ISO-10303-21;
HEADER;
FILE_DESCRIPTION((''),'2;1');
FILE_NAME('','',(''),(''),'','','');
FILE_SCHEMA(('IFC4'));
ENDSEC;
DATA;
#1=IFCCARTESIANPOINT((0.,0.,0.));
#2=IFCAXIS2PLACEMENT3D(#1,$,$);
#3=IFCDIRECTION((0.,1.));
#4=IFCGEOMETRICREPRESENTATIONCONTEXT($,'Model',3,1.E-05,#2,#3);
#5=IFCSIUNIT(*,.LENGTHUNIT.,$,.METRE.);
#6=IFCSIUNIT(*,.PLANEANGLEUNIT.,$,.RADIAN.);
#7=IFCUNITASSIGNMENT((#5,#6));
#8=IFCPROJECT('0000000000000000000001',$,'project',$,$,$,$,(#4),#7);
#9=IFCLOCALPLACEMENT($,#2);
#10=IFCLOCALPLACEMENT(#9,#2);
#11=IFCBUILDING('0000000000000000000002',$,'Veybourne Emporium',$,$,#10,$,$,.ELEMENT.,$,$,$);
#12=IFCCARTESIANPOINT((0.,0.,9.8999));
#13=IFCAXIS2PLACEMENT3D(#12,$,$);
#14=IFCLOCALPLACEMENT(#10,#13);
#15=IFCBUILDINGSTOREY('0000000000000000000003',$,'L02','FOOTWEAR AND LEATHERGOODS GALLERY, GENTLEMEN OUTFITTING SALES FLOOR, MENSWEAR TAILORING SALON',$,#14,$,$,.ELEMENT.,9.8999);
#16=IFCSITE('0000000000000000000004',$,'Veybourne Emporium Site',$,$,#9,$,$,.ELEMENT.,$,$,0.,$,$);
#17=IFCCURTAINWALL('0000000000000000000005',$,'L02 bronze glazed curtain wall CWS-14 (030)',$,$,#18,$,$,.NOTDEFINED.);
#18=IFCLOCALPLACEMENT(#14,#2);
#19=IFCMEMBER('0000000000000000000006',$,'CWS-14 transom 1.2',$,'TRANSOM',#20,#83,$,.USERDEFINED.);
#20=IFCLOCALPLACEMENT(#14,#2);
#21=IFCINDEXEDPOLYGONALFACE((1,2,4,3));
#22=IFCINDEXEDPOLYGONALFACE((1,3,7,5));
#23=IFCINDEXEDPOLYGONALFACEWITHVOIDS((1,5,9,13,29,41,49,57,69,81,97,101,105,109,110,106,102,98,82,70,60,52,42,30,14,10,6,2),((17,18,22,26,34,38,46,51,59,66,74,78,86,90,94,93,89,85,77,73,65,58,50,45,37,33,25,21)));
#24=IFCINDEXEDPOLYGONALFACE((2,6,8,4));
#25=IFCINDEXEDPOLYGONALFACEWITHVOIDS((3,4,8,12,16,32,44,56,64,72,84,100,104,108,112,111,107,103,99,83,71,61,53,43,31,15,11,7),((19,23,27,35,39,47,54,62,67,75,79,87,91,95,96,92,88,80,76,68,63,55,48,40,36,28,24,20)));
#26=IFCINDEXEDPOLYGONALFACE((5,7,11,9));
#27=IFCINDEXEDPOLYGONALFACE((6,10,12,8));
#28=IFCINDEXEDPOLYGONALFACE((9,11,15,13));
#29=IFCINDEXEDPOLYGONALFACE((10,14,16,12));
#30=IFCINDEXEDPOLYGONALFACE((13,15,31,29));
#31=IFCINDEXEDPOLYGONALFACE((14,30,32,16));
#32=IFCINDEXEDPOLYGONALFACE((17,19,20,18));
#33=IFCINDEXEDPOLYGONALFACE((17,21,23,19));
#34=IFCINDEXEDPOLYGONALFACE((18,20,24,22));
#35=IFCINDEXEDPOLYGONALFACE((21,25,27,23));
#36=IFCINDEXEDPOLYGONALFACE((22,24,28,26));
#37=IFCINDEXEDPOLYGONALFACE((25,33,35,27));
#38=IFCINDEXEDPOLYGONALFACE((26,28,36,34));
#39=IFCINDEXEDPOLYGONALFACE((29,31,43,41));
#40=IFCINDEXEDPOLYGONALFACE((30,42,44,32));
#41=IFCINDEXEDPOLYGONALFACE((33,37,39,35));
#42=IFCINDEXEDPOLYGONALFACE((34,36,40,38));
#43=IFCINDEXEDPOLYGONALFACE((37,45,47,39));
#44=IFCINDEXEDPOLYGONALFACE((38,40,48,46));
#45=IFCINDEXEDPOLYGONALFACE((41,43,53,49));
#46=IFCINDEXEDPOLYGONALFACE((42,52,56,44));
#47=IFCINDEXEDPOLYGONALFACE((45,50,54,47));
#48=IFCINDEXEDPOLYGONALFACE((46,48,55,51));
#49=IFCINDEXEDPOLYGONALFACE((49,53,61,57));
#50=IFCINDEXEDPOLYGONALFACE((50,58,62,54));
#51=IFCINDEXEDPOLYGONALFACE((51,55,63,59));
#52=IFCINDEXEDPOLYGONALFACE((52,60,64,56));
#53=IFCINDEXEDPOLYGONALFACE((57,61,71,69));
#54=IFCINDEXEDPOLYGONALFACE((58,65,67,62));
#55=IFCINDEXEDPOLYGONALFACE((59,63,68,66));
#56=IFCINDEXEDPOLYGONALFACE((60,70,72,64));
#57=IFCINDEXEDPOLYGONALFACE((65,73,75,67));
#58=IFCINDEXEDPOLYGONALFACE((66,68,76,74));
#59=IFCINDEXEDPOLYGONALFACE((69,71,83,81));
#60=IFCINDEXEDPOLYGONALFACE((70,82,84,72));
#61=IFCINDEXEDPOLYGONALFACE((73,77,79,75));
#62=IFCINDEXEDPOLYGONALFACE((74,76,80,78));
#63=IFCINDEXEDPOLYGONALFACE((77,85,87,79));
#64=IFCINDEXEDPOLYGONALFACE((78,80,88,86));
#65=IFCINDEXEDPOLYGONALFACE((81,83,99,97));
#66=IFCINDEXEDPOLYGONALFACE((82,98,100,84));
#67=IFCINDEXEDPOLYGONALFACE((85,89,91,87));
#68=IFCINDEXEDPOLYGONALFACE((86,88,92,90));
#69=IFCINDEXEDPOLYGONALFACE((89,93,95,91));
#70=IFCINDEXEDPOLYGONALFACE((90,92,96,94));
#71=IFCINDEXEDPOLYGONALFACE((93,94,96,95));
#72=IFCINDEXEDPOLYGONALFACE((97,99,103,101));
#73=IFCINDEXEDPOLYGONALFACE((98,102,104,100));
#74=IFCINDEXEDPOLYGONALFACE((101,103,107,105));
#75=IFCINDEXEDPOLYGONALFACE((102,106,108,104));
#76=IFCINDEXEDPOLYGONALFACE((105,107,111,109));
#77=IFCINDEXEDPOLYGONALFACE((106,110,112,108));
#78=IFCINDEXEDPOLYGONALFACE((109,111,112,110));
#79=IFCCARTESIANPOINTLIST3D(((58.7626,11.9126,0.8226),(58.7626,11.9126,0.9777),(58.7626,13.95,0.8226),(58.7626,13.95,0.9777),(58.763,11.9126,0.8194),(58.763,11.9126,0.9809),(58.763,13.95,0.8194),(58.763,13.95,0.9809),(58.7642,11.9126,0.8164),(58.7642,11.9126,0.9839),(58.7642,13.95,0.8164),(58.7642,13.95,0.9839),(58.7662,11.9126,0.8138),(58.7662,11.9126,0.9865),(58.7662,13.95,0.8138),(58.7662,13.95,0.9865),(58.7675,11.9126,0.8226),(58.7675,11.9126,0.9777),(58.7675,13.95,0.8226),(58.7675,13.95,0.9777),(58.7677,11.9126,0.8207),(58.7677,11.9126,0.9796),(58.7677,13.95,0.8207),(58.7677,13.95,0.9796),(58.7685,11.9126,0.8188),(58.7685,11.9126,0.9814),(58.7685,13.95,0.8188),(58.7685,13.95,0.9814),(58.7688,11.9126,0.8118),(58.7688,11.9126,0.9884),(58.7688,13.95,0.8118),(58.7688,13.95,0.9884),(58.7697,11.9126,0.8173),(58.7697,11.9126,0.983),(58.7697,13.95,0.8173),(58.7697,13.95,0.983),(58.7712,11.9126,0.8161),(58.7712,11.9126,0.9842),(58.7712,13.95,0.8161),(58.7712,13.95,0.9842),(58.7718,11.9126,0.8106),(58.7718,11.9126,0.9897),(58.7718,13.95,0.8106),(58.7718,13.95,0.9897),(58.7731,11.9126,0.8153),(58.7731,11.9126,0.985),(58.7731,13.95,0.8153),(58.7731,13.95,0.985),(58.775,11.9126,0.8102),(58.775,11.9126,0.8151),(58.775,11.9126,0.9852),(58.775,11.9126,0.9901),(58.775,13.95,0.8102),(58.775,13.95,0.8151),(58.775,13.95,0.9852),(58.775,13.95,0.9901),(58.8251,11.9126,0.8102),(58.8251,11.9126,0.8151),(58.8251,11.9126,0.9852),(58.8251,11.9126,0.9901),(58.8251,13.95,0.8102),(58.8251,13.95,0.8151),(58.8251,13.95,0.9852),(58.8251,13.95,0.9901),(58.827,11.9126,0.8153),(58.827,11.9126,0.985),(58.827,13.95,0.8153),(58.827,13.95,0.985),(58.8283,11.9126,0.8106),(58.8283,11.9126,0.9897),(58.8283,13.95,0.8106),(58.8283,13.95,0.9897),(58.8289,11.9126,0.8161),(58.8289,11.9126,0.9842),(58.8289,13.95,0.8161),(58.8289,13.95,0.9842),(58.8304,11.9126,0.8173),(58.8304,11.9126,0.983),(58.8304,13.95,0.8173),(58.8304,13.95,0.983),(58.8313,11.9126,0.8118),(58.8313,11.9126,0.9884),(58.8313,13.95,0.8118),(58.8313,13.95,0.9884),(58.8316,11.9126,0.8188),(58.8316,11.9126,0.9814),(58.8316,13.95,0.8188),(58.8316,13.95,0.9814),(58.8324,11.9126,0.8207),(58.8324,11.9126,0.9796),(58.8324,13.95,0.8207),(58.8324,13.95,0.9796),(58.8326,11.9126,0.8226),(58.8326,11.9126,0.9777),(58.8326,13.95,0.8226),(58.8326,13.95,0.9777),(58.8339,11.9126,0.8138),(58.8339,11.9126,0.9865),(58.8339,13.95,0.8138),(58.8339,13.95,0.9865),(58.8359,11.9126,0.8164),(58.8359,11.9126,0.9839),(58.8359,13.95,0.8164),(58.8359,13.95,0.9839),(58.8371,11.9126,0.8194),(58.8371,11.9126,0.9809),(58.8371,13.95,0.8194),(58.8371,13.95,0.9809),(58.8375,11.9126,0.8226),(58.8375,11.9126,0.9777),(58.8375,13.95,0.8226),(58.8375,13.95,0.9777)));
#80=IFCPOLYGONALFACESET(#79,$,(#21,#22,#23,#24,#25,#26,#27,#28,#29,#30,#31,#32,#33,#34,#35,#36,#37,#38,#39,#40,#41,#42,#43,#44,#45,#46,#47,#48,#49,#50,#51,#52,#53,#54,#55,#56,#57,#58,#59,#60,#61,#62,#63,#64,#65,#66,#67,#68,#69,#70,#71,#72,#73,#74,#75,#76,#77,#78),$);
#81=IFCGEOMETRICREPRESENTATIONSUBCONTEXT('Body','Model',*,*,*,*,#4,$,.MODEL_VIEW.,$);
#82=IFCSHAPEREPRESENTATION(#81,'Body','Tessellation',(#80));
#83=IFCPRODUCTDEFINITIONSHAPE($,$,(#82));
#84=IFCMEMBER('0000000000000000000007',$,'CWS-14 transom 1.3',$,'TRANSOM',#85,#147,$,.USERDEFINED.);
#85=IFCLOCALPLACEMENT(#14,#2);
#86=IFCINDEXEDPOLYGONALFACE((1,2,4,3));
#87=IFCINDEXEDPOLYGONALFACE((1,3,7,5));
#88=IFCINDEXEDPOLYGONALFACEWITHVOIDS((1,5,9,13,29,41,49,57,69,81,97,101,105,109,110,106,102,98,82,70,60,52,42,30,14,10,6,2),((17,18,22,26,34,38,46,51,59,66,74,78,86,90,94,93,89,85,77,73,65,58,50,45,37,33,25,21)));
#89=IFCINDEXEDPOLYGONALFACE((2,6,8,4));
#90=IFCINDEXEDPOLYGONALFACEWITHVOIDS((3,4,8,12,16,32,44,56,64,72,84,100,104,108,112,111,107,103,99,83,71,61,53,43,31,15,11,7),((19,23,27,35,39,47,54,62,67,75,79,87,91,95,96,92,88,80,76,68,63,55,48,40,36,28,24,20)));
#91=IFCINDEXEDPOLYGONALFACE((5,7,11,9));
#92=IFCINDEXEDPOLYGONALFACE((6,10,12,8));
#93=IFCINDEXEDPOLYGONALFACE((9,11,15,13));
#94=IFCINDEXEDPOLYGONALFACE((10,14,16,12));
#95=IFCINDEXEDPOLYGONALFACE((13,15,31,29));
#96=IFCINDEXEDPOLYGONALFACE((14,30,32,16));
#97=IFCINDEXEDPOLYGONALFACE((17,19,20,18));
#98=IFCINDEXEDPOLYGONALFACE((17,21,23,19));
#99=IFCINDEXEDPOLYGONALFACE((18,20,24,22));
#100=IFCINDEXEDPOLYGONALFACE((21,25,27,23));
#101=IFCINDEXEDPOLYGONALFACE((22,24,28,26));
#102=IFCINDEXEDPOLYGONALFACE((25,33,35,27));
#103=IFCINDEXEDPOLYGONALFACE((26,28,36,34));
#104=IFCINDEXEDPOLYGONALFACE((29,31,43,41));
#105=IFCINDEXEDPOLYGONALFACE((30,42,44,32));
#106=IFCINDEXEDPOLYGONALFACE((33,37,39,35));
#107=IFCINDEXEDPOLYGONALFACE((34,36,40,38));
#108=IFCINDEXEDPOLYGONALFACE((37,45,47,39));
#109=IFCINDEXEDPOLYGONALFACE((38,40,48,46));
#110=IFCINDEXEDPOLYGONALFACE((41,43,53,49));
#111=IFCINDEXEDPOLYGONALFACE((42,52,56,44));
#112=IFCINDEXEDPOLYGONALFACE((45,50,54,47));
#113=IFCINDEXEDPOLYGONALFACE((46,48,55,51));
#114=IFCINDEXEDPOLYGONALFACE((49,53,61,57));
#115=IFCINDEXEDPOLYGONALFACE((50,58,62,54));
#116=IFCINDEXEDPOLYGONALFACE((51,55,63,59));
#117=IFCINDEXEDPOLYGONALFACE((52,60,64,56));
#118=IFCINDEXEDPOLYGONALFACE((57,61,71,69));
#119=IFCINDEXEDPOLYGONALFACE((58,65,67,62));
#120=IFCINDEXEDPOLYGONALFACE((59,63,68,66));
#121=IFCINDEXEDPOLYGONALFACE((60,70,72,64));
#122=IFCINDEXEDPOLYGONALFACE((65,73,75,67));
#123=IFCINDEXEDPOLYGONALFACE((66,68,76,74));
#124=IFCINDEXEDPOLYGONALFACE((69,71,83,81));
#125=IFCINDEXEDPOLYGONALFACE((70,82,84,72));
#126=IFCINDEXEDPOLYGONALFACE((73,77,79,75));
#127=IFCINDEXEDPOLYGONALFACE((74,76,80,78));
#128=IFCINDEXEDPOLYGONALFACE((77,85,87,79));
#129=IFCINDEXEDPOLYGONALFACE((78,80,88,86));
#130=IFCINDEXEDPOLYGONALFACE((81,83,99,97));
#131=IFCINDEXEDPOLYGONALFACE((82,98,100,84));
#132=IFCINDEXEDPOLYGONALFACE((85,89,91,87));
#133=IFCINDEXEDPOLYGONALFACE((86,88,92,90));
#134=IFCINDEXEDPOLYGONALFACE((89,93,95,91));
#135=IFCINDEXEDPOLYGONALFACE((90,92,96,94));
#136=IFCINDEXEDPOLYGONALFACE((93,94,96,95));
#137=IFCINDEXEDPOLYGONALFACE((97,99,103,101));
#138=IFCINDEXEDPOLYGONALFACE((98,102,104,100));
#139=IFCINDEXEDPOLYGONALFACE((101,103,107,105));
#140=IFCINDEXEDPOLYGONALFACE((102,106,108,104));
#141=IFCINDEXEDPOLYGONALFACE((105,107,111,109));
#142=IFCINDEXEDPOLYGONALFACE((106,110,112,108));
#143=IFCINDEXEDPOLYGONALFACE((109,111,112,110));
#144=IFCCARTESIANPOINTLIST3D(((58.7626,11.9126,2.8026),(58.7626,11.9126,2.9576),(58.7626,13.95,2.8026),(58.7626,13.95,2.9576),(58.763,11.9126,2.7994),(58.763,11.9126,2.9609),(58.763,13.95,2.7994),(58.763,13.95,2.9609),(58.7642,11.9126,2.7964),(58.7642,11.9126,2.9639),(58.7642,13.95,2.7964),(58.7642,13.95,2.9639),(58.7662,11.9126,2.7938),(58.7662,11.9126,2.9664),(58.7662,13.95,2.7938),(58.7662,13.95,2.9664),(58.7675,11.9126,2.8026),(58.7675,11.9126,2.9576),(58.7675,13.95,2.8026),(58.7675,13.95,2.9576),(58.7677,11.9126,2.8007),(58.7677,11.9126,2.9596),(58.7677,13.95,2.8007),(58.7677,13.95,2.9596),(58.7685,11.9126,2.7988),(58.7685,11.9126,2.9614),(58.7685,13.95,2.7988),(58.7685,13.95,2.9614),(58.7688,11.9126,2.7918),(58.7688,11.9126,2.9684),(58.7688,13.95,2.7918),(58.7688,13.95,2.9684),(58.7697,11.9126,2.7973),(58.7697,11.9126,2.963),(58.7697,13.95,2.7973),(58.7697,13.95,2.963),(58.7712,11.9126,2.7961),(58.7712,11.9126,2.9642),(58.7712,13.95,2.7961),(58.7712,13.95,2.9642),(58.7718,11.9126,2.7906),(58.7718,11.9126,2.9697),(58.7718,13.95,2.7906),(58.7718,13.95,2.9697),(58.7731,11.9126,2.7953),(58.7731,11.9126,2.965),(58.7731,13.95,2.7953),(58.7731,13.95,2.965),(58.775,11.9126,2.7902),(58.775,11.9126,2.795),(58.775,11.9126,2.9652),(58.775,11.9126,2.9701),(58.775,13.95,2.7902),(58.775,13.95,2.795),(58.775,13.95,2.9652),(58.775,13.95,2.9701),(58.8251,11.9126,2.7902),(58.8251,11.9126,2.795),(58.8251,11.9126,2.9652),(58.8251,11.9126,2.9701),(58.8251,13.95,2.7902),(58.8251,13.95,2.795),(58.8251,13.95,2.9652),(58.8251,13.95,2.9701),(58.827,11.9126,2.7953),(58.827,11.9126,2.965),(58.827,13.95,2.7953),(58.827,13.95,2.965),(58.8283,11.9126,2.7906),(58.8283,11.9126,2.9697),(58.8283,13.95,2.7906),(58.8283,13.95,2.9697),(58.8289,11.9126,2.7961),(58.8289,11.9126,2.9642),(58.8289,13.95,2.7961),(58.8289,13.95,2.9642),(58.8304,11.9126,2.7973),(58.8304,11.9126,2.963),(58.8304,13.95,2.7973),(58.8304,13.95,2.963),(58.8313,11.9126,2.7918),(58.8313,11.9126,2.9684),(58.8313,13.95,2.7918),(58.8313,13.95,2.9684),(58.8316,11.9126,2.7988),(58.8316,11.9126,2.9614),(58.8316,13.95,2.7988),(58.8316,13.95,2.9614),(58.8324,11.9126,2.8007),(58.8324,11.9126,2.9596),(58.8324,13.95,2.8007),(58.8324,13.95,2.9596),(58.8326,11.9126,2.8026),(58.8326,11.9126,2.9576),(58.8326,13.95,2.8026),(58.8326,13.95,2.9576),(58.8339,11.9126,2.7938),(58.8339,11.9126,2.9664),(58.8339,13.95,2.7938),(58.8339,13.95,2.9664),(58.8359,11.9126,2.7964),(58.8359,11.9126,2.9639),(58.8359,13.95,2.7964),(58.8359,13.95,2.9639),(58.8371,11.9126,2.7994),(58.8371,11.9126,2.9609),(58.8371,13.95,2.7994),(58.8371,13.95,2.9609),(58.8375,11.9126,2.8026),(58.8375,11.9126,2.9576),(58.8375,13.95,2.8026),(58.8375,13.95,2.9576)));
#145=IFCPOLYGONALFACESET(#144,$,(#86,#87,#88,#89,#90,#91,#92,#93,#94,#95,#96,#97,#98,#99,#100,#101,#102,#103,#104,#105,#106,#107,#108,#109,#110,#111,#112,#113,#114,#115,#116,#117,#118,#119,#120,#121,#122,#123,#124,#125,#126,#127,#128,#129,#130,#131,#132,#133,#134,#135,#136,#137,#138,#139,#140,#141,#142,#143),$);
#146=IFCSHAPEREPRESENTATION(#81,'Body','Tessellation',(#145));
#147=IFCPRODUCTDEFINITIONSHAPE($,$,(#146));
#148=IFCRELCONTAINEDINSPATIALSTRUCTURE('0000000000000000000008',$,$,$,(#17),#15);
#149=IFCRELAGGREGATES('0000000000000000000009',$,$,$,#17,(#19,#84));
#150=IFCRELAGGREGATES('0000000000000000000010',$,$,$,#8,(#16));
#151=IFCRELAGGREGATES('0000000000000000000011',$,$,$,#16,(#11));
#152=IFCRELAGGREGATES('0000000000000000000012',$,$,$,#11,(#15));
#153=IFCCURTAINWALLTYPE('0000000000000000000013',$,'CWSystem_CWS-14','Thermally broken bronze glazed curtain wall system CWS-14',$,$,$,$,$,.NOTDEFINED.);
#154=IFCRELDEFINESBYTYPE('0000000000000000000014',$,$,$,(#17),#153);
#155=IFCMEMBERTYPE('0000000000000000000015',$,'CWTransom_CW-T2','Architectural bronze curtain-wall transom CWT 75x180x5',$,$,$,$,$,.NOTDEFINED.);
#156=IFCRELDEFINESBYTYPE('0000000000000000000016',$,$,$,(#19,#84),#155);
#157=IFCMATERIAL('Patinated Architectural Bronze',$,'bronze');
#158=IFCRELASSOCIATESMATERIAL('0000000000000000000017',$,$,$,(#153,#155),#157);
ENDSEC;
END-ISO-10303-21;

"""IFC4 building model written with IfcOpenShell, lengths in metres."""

from ifc_helpers import new_model, si_unit, direction, frame, origin, origin_2d, place, context, subcontext, project, spatial, hollow_rectangle, extrude, material, material_profile, profile_set, type_object, element, aggregate, save


model = new_model("IFC4")

# Units and contexts
model_context = context("Model", 3, precision=1e-05, world=origin(), true_north=direction((0.0, 1.0)))
body_context = subcontext(model_context, "Body", "Model", "MODEL_VIEW")
ifc_project = project(units=[si_unit("LENGTHUNIT", "METRE"), si_unit("PLANEANGLEUNIT", "RADIAN")], contexts=[model_context])

# Site, building, storey
site_placement = place(None, origin())
site = spatial("IfcSite", under=ifc_project, at=site_placement, Name="Veybourne Emporium Site", CompositionType="ELEMENT", RefElevation=0.0)
building_placement = place(site_placement, origin())
building = spatial("IfcBuilding", under=site, at=building_placement, Name="Veybourne Emporium", CompositionType="ELEMENT")
storey_placement = place(building_placement, frame((0.0, 0.0, 9.8999)))
storey = spatial("IfcBuildingStorey", under=building, at=storey_placement, Name="L02", Description="FOOTWEAR AND LEATHERGOODS GALLERY, GENTLEMEN OUTFITTING SALES FLOOR, MENSWEAR TAILORING SALON", CompositionType="ELEMENT", Elevation=9.8999)

# Curtain wall
ifc_material_1 = material(Name="Patinated Architectural Bronze", Category="bronze")
curtain_wall_type_1 = type_object("IfcCurtainWallType", Name="CWSystem_CWS-14", Description="Thermally broken bronze glazed curtain wall system CWS-14", PredefinedType="NOTDEFINED", material=ifc_material_1)
curtain_wall_1_placement = place(storey_placement, origin())
curtain_wall_1 = element("IfcCurtainWall", 1, at=curtain_wall_1_placement, inside=storey, type_object=curtain_wall_type_1, Name="L02 bronze glazed curtain wall CWS-14 (030)", PredefinedType="NOTDEFINED")

# Members
ifc_material_profile_1 = material_profile(ifc_material_1, hollow_rectangle(XDim=0.075, YDim=0.1799, WallThickness=0.0049, InnerFilletRadius=0.0076, OuterFilletRadius=0.0125, at=origin_2d()), Name="CWT 75x180x5")
ifc_profile_set_1 = profile_set([ifc_material_profile_1], Name="Patinated Architectural Bronze")
member_type_1 = type_object("IfcMemberType", Name="CWTransom_CW-T2", Description="Architectural bronze curtain-wall transom CWT 75x180x5", PredefinedType="NOTDEFINED", material=ifc_profile_set_1)
member_1_placement = place(storey_placement, frame((58.8, 13.95, 0.9001), z_axis=(0.0, -1.0, 0.0), x_axis=(1.0, 0.0, 0.0)))
member_1 = element("IfcMember", 2, at=member_1_placement, type_object=member_type_1, Name="CWS-14 transom 1.2", ObjectType="TRANSOM", PredefinedType="USERDEFINED", context=body_context, shape_type="SweptSolid", body=[
    extrude(hollow_rectangle(XDim=0.075, YDim=0.1799, WallThickness=0.0049, InnerFilletRadius=0.0076, OuterFilletRadius=0.0125, at=origin_2d()), origin(), (0.0, 0.0, 1.0), 2.0374),
])
member_2_placement = place(storey_placement, frame((58.8, 13.95, 2.8801), z_axis=(0.0, -1.0, 0.0), x_axis=(1.0, 0.0, 0.0)))
member_2 = element("IfcMember", 3, at=member_2_placement, type_object=member_type_1, Name="CWS-14 transom 1.3", ObjectType="TRANSOM", PredefinedType="USERDEFINED", context=body_context, shape_type="SweptSolid", body=[
    extrude(hollow_rectangle(XDim=0.075, YDim=0.1799, WallThickness=0.0049, InnerFilletRadius=0.0076, OuterFilletRadius=0.0125, at=origin_2d()), origin(), (0.0, 0.0, 1.0), 2.0374),
])

aggregate(curtain_wall_1, [member_1, member_2])

save(model, "model.ifc")
